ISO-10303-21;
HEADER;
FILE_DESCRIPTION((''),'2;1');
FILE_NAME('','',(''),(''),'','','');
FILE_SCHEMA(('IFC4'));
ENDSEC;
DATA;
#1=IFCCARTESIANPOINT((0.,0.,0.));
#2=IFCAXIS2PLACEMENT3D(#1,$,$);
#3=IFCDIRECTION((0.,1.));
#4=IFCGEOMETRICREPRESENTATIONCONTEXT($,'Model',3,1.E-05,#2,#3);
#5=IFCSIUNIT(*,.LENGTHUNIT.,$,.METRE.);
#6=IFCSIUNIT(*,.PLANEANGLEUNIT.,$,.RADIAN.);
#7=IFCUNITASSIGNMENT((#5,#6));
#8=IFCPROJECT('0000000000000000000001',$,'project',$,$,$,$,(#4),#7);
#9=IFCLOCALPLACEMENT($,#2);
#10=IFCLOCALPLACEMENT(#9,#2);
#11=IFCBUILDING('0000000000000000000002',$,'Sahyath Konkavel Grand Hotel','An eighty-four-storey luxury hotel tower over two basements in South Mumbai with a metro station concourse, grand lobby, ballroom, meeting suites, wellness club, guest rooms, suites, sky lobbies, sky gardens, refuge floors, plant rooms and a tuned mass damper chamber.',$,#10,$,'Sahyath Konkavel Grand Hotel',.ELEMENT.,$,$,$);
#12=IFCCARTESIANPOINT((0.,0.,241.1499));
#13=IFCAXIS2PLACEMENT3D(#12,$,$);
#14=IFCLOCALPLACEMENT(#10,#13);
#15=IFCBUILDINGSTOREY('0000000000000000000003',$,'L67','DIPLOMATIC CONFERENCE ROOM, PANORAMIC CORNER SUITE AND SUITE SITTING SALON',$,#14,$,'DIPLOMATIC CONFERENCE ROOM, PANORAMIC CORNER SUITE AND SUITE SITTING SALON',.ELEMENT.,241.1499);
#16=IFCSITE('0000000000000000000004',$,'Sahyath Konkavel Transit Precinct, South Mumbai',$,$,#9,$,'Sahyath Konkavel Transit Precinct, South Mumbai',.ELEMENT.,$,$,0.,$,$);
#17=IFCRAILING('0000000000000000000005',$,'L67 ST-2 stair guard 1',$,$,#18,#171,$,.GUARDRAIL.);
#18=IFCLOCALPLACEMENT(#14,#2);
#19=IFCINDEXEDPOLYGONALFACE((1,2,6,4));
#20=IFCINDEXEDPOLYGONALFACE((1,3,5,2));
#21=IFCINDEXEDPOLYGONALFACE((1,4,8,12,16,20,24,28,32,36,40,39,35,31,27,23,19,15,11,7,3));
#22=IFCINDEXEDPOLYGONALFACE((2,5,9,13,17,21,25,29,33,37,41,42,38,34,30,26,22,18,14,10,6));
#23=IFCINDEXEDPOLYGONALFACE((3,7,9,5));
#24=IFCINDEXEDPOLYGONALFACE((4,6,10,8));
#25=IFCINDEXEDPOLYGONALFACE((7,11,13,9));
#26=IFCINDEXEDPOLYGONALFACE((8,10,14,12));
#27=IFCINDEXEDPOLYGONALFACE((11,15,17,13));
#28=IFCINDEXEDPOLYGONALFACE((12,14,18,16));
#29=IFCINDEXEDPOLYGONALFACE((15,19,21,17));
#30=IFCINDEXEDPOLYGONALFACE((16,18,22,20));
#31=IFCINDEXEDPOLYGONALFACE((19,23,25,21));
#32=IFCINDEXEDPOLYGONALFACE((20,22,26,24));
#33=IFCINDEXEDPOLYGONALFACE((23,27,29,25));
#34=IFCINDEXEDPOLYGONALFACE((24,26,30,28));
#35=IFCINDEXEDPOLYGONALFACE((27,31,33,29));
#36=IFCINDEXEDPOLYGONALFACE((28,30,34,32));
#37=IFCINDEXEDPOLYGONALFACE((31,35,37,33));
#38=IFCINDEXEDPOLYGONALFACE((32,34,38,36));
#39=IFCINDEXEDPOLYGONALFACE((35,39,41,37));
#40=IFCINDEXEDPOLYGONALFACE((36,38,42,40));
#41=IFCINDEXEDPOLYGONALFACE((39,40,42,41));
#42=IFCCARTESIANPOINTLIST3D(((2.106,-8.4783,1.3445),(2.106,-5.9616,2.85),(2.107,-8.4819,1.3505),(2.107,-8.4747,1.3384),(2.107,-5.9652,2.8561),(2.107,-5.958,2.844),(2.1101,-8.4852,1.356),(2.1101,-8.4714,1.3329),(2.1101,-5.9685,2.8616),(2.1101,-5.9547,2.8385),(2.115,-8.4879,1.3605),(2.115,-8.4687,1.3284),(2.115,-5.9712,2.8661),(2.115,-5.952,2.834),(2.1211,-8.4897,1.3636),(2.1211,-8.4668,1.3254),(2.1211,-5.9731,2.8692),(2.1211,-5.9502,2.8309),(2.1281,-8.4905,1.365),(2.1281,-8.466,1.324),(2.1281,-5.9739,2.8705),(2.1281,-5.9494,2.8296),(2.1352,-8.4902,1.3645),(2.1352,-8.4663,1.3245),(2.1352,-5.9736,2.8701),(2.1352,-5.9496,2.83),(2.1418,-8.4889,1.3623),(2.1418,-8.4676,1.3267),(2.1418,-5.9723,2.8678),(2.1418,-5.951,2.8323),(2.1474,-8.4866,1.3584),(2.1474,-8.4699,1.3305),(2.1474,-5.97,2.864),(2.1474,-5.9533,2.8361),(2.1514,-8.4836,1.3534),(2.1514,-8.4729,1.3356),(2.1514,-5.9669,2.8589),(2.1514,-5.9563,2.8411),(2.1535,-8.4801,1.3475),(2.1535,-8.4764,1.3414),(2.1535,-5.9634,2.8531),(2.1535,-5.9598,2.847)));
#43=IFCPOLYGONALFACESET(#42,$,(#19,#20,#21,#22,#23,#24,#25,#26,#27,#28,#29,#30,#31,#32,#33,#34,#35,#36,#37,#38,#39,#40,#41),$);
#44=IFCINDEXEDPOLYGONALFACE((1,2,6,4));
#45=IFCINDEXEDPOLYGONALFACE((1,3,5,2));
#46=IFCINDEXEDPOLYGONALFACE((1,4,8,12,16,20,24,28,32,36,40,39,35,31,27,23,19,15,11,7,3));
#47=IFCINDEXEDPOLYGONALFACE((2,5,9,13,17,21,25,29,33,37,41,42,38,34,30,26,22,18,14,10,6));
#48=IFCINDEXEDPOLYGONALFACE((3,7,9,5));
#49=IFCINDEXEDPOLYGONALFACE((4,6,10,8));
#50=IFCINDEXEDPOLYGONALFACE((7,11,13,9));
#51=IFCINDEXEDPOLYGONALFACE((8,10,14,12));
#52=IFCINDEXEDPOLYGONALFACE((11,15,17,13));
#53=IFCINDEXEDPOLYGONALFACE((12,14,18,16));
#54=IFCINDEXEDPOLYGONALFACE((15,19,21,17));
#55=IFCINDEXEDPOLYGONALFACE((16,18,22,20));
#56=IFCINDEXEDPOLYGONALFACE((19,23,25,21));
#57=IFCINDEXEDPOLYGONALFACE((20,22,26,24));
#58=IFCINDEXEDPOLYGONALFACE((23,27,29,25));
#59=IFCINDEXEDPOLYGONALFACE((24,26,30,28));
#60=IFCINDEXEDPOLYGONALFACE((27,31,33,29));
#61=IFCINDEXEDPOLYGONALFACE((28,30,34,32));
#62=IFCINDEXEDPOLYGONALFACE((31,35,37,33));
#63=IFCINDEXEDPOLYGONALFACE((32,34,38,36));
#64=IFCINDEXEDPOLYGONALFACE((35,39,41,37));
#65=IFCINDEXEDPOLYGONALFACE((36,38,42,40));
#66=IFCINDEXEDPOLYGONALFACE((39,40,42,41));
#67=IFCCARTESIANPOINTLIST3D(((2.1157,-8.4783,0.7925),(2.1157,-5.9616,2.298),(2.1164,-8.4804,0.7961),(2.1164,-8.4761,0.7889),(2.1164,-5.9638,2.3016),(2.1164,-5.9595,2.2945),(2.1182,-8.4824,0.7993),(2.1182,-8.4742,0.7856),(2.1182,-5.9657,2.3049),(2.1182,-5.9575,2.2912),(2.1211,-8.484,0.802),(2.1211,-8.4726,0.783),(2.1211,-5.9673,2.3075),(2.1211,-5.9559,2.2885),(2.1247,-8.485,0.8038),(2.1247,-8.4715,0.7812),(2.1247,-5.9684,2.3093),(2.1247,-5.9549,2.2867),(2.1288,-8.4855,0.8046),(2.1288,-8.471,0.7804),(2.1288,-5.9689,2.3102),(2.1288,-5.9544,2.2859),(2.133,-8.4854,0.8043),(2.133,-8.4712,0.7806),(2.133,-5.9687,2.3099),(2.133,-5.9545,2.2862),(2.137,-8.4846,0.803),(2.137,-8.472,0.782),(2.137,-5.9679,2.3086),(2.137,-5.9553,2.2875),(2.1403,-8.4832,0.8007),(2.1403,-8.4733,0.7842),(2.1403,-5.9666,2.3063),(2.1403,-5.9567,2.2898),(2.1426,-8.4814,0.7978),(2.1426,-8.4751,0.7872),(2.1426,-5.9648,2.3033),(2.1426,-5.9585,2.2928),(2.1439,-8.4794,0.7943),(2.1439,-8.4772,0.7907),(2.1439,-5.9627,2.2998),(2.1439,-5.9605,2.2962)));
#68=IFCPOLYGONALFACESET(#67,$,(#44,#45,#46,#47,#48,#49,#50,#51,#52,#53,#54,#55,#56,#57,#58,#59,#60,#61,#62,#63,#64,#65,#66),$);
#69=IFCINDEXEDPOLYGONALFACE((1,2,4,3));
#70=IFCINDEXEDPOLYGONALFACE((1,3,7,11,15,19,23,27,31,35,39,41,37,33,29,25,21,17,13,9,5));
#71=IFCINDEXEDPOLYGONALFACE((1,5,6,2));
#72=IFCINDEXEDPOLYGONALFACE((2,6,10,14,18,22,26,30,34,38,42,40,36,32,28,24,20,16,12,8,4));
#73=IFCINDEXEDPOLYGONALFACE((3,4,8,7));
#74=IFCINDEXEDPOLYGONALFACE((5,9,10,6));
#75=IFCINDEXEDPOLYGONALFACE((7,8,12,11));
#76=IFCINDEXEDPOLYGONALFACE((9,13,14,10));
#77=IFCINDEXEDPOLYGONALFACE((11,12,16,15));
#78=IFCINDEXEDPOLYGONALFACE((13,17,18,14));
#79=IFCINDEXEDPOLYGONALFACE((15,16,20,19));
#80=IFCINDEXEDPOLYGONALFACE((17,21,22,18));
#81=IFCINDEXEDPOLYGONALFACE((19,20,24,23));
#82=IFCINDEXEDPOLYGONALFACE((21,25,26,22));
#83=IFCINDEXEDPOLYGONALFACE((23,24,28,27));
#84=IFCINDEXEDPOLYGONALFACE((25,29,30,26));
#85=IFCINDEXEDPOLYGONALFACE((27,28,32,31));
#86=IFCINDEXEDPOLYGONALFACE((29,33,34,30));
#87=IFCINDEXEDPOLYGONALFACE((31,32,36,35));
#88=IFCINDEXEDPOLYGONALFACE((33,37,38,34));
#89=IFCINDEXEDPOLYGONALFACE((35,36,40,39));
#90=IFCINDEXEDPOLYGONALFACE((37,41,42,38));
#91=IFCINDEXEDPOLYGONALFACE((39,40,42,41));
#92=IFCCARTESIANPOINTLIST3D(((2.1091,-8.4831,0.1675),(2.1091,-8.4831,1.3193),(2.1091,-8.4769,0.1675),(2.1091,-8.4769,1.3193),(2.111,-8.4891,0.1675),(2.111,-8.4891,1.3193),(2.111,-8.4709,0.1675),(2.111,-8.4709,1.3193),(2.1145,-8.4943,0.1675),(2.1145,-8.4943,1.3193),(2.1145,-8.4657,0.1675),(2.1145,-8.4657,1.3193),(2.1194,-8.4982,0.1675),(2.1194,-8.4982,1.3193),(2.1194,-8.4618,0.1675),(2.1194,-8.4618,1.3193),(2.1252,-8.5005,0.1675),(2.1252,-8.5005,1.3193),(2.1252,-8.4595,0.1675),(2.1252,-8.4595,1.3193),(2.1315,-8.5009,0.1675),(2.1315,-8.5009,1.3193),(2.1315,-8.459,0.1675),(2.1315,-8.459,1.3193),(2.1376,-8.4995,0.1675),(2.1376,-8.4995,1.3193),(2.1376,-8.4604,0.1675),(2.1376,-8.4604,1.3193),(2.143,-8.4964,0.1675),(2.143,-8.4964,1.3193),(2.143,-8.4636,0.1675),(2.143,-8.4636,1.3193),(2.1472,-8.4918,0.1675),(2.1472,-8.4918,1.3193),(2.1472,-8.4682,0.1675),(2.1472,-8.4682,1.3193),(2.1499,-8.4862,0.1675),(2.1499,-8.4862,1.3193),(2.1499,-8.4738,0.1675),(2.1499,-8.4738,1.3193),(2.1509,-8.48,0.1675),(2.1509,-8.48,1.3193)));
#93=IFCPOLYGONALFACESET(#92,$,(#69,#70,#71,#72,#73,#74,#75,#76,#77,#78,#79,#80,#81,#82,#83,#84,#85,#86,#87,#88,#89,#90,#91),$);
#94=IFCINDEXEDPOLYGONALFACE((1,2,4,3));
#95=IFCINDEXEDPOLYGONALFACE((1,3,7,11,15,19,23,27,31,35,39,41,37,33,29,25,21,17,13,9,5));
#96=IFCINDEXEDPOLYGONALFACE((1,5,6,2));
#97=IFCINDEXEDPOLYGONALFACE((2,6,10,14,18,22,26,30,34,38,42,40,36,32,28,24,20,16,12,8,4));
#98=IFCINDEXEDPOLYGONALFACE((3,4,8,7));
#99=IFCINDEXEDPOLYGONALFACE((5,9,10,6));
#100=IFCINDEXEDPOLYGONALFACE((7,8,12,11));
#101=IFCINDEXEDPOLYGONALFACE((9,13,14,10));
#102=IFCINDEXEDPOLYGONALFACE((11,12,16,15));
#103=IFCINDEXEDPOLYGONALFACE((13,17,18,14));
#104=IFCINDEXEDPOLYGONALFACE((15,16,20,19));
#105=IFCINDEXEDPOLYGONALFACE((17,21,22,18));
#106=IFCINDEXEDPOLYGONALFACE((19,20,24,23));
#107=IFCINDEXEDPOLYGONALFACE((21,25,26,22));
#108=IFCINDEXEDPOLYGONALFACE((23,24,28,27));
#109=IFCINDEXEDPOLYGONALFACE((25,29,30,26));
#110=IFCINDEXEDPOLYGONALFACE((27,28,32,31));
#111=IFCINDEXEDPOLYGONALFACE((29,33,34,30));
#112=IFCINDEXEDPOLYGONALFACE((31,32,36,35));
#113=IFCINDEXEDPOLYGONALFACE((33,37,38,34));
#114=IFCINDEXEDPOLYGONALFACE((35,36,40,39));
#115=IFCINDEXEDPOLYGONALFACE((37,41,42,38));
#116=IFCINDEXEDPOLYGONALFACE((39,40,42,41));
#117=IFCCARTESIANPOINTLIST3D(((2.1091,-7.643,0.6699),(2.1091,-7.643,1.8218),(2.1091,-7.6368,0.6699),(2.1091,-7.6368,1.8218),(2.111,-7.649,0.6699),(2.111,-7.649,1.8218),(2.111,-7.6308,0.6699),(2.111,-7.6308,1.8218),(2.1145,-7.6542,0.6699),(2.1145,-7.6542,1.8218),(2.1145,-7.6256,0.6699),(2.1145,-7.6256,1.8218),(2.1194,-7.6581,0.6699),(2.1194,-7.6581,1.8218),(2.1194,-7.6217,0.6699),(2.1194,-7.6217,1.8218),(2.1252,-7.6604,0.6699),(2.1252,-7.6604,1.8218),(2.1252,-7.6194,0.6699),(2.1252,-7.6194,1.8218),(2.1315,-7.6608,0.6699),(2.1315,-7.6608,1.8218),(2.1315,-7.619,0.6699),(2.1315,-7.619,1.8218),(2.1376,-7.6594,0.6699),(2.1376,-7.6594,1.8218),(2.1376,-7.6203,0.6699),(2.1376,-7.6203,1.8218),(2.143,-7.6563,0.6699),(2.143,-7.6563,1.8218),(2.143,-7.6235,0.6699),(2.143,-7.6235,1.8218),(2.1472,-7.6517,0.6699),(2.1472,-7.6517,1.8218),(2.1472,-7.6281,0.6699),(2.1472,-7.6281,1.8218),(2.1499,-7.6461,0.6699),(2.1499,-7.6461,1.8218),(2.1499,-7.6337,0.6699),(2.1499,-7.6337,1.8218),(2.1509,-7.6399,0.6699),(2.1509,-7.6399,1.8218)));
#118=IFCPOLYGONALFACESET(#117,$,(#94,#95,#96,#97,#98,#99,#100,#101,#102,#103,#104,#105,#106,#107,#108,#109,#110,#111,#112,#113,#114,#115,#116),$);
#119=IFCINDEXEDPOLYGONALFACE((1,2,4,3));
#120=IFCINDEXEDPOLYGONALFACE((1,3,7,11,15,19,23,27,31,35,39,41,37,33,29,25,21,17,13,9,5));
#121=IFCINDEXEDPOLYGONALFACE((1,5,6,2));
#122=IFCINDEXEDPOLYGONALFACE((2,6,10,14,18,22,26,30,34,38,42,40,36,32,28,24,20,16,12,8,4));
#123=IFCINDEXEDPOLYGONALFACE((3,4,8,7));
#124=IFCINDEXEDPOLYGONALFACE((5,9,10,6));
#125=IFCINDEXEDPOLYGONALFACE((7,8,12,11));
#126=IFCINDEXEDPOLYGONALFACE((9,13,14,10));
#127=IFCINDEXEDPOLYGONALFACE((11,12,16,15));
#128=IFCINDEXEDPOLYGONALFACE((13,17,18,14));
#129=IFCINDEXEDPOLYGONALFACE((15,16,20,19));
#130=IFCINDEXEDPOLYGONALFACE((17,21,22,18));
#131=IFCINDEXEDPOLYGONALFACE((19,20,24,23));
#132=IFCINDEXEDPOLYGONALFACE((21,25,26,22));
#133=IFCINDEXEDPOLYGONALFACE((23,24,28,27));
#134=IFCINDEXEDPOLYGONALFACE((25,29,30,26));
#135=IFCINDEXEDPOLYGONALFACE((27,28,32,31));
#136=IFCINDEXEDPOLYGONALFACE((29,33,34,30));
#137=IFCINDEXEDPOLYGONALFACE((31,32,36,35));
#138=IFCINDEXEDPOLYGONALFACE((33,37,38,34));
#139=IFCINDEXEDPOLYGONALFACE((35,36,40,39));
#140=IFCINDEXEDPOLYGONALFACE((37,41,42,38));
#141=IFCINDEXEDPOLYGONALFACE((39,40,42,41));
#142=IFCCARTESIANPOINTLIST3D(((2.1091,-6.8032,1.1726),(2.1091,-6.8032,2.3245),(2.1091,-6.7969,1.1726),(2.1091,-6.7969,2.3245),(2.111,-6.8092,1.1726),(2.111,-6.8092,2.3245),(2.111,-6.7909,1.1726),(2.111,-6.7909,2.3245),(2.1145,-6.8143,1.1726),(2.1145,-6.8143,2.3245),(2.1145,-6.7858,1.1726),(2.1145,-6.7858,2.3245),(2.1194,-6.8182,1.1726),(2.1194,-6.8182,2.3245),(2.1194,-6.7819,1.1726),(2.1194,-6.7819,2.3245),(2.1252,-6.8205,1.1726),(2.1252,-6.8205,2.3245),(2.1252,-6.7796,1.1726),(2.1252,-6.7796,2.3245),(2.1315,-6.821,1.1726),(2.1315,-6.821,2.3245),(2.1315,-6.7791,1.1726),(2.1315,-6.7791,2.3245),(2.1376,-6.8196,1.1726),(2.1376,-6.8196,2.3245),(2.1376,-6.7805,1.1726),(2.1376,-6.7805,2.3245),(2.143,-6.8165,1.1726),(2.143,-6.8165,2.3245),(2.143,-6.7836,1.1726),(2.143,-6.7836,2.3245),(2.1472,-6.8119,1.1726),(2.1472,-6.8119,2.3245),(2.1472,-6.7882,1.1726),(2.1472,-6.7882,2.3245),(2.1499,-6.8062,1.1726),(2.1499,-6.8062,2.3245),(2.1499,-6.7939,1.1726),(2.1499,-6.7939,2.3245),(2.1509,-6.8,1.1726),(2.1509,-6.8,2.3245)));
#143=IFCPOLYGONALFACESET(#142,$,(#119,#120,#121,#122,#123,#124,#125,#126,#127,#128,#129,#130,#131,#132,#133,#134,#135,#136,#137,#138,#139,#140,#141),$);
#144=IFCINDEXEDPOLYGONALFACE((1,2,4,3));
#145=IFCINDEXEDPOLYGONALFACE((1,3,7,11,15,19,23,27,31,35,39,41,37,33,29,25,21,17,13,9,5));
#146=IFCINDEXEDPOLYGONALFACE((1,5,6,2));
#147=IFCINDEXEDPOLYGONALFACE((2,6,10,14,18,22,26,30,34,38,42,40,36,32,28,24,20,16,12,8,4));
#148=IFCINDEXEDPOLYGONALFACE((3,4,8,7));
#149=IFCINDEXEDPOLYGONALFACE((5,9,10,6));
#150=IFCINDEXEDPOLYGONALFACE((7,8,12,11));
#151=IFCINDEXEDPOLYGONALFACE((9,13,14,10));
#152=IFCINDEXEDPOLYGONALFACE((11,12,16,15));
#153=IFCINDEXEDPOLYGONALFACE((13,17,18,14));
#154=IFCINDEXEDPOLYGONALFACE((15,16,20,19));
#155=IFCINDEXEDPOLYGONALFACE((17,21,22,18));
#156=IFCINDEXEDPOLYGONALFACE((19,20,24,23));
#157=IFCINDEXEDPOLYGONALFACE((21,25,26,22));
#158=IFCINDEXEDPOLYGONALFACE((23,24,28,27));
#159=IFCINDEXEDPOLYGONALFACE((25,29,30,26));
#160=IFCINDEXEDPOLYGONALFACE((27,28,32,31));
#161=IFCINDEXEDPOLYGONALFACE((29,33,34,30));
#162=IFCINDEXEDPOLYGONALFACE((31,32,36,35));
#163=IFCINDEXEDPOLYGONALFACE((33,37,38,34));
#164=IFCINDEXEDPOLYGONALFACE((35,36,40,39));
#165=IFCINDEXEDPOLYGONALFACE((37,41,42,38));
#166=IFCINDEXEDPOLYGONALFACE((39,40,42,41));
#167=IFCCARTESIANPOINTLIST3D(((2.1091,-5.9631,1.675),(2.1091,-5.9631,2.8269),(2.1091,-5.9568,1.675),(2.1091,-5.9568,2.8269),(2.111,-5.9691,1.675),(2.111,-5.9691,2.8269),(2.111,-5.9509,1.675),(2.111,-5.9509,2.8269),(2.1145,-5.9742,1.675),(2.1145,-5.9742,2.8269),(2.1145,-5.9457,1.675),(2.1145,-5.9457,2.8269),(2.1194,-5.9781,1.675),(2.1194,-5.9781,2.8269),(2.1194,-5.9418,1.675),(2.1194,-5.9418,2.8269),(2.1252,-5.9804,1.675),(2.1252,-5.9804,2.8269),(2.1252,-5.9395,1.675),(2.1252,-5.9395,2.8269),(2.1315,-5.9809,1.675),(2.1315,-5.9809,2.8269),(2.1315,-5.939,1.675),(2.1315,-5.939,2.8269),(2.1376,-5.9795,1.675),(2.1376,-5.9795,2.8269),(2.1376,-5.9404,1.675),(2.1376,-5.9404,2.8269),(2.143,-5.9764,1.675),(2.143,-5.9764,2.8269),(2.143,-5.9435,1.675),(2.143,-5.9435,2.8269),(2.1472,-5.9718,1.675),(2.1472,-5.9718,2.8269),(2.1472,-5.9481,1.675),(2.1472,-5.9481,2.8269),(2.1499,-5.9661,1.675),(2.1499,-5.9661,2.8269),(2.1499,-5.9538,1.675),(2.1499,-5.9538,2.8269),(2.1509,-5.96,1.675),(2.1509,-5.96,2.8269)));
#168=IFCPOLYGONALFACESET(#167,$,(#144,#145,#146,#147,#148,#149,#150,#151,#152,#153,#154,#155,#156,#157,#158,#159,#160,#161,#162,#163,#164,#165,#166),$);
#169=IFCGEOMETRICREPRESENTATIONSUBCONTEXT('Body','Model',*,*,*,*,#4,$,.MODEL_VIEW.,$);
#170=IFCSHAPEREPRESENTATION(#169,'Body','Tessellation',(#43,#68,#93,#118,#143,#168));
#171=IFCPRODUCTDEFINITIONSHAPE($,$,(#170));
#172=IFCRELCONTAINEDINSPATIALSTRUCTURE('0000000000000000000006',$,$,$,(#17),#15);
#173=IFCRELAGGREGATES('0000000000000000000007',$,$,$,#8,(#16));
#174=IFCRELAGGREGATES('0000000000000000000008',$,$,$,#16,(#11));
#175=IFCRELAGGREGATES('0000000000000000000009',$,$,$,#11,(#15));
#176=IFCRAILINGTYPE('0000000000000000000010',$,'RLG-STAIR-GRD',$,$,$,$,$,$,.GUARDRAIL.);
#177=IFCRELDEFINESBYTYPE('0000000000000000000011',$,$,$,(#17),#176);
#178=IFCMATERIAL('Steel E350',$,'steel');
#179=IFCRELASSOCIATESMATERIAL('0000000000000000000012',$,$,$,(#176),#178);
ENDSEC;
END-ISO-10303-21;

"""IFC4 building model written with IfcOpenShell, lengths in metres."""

from ifc_helpers import new_model, si_unit, direction, frame, origin, origin_2d, place, context, subcontext, project, spatial, circle, extrude, material, type_object, element, save


model = new_model("IFC4")

# Units and contexts
model_context = context("Model", 3, precision=1e-05, world=origin(), true_north=direction((0.0, 1.0)))
body_context = subcontext(model_context, "Body", "Model", "MODEL_VIEW")
ifc_project = project(units=[si_unit("LENGTHUNIT", "METRE"), si_unit("PLANEANGLEUNIT", "RADIAN")], contexts=[model_context])

# Site, building, storey
site_placement = place(None, origin())
site = spatial("IfcSite", under=ifc_project, at=site_placement, Name="Sahyath Konkavel Transit Precinct, South Mumbai", LongName="Sahyath Konkavel Transit Precinct, South Mumbai", CompositionType="ELEMENT", RefElevation=0.0)
building_placement = place(site_placement, origin())
building = spatial("IfcBuilding", under=site, at=building_placement, Name="Sahyath Konkavel Grand Hotel", Description="An eighty-four-storey luxury hotel tower over two basements in South Mumbai with a metro station concourse, grand lobby, ballroom, meeting suites, wellness club, guest rooms, suites, sky lobbies, sky gardens, refuge floors, plant rooms and a tuned mass damper chamber.", LongName="Sahyath Konkavel Grand Hotel", CompositionType="ELEMENT")
storey_placement = place(building_placement, frame((0.0, 0.0, 241.1499)))
storey = spatial("IfcBuildingStorey", under=building, at=storey_placement, Name="L67", Description="DIPLOMATIC CONFERENCE ROOM, PANORAMIC CORNER SUITE AND SUITE SITTING SALON", LongName="DIPLOMATIC CONFERENCE ROOM, PANORAMIC CORNER SUITE AND SUITE SITTING SALON", CompositionType="ELEMENT", Elevation=241.1499)

# Shared definitions
ifc_material_1 = material(Name="Steel E350", Category="steel")

# Railing
railing_type_1 = type_object("IfcRailingType", Name="RLG-STAIR-GRD", PredefinedType="GUARDRAIL", material=ifc_material_1)
railing_1_placement = place(storey_placement, frame((2.1299, -8.48, 0.1675)))
element("IfcRailing", 1, at=railing_1_placement, inside=storey, type_object=railing_type_1, Name="L67 ST-2 stair guard 1", PredefinedType="GUARDRAIL", context=body_context, shape_type="SweptSolid", body=[
    extrude(circle(Radius=0.0239, at=origin_2d()), frame((0.0, 0.0017, 1.177), z_axis=(0.0, 0.85816, 0.513383), x_axis=(-1.0, 0.0, 0.0)), (0.0, 0.0, 1.0), 2.9326),
    extrude(circle(Radius=0.0142, at=origin_2d()), frame((0.0, 0.0017, 0.625), z_axis=(0.0, 0.85816, 0.513383), x_axis=(-1.0, 0.0, 0.0)), (0.0, 0.0, 1.0), 2.9326),
    extrude(circle(Radius=0.021, at=origin_2d()), origin(), (0.0, 0.0, 1.0), 1.1519),
    extrude(circle(Radius=0.021, at=origin_2d()), frame((0.0, 0.8401, 0.5024)), (0.0, 0.0, 1.0), 1.1519),
    extrude(circle(Radius=0.021, at=origin_2d()), frame((0.0, 1.6799, 1.0051)), (0.0, 0.0, 1.0), 1.1519),
    extrude(circle(Radius=0.021, at=origin_2d()), frame((0.0, 2.52, 1.5076)), (0.0, 0.0, 1.0), 1.1519),
])

save(model, "model.ifc")
